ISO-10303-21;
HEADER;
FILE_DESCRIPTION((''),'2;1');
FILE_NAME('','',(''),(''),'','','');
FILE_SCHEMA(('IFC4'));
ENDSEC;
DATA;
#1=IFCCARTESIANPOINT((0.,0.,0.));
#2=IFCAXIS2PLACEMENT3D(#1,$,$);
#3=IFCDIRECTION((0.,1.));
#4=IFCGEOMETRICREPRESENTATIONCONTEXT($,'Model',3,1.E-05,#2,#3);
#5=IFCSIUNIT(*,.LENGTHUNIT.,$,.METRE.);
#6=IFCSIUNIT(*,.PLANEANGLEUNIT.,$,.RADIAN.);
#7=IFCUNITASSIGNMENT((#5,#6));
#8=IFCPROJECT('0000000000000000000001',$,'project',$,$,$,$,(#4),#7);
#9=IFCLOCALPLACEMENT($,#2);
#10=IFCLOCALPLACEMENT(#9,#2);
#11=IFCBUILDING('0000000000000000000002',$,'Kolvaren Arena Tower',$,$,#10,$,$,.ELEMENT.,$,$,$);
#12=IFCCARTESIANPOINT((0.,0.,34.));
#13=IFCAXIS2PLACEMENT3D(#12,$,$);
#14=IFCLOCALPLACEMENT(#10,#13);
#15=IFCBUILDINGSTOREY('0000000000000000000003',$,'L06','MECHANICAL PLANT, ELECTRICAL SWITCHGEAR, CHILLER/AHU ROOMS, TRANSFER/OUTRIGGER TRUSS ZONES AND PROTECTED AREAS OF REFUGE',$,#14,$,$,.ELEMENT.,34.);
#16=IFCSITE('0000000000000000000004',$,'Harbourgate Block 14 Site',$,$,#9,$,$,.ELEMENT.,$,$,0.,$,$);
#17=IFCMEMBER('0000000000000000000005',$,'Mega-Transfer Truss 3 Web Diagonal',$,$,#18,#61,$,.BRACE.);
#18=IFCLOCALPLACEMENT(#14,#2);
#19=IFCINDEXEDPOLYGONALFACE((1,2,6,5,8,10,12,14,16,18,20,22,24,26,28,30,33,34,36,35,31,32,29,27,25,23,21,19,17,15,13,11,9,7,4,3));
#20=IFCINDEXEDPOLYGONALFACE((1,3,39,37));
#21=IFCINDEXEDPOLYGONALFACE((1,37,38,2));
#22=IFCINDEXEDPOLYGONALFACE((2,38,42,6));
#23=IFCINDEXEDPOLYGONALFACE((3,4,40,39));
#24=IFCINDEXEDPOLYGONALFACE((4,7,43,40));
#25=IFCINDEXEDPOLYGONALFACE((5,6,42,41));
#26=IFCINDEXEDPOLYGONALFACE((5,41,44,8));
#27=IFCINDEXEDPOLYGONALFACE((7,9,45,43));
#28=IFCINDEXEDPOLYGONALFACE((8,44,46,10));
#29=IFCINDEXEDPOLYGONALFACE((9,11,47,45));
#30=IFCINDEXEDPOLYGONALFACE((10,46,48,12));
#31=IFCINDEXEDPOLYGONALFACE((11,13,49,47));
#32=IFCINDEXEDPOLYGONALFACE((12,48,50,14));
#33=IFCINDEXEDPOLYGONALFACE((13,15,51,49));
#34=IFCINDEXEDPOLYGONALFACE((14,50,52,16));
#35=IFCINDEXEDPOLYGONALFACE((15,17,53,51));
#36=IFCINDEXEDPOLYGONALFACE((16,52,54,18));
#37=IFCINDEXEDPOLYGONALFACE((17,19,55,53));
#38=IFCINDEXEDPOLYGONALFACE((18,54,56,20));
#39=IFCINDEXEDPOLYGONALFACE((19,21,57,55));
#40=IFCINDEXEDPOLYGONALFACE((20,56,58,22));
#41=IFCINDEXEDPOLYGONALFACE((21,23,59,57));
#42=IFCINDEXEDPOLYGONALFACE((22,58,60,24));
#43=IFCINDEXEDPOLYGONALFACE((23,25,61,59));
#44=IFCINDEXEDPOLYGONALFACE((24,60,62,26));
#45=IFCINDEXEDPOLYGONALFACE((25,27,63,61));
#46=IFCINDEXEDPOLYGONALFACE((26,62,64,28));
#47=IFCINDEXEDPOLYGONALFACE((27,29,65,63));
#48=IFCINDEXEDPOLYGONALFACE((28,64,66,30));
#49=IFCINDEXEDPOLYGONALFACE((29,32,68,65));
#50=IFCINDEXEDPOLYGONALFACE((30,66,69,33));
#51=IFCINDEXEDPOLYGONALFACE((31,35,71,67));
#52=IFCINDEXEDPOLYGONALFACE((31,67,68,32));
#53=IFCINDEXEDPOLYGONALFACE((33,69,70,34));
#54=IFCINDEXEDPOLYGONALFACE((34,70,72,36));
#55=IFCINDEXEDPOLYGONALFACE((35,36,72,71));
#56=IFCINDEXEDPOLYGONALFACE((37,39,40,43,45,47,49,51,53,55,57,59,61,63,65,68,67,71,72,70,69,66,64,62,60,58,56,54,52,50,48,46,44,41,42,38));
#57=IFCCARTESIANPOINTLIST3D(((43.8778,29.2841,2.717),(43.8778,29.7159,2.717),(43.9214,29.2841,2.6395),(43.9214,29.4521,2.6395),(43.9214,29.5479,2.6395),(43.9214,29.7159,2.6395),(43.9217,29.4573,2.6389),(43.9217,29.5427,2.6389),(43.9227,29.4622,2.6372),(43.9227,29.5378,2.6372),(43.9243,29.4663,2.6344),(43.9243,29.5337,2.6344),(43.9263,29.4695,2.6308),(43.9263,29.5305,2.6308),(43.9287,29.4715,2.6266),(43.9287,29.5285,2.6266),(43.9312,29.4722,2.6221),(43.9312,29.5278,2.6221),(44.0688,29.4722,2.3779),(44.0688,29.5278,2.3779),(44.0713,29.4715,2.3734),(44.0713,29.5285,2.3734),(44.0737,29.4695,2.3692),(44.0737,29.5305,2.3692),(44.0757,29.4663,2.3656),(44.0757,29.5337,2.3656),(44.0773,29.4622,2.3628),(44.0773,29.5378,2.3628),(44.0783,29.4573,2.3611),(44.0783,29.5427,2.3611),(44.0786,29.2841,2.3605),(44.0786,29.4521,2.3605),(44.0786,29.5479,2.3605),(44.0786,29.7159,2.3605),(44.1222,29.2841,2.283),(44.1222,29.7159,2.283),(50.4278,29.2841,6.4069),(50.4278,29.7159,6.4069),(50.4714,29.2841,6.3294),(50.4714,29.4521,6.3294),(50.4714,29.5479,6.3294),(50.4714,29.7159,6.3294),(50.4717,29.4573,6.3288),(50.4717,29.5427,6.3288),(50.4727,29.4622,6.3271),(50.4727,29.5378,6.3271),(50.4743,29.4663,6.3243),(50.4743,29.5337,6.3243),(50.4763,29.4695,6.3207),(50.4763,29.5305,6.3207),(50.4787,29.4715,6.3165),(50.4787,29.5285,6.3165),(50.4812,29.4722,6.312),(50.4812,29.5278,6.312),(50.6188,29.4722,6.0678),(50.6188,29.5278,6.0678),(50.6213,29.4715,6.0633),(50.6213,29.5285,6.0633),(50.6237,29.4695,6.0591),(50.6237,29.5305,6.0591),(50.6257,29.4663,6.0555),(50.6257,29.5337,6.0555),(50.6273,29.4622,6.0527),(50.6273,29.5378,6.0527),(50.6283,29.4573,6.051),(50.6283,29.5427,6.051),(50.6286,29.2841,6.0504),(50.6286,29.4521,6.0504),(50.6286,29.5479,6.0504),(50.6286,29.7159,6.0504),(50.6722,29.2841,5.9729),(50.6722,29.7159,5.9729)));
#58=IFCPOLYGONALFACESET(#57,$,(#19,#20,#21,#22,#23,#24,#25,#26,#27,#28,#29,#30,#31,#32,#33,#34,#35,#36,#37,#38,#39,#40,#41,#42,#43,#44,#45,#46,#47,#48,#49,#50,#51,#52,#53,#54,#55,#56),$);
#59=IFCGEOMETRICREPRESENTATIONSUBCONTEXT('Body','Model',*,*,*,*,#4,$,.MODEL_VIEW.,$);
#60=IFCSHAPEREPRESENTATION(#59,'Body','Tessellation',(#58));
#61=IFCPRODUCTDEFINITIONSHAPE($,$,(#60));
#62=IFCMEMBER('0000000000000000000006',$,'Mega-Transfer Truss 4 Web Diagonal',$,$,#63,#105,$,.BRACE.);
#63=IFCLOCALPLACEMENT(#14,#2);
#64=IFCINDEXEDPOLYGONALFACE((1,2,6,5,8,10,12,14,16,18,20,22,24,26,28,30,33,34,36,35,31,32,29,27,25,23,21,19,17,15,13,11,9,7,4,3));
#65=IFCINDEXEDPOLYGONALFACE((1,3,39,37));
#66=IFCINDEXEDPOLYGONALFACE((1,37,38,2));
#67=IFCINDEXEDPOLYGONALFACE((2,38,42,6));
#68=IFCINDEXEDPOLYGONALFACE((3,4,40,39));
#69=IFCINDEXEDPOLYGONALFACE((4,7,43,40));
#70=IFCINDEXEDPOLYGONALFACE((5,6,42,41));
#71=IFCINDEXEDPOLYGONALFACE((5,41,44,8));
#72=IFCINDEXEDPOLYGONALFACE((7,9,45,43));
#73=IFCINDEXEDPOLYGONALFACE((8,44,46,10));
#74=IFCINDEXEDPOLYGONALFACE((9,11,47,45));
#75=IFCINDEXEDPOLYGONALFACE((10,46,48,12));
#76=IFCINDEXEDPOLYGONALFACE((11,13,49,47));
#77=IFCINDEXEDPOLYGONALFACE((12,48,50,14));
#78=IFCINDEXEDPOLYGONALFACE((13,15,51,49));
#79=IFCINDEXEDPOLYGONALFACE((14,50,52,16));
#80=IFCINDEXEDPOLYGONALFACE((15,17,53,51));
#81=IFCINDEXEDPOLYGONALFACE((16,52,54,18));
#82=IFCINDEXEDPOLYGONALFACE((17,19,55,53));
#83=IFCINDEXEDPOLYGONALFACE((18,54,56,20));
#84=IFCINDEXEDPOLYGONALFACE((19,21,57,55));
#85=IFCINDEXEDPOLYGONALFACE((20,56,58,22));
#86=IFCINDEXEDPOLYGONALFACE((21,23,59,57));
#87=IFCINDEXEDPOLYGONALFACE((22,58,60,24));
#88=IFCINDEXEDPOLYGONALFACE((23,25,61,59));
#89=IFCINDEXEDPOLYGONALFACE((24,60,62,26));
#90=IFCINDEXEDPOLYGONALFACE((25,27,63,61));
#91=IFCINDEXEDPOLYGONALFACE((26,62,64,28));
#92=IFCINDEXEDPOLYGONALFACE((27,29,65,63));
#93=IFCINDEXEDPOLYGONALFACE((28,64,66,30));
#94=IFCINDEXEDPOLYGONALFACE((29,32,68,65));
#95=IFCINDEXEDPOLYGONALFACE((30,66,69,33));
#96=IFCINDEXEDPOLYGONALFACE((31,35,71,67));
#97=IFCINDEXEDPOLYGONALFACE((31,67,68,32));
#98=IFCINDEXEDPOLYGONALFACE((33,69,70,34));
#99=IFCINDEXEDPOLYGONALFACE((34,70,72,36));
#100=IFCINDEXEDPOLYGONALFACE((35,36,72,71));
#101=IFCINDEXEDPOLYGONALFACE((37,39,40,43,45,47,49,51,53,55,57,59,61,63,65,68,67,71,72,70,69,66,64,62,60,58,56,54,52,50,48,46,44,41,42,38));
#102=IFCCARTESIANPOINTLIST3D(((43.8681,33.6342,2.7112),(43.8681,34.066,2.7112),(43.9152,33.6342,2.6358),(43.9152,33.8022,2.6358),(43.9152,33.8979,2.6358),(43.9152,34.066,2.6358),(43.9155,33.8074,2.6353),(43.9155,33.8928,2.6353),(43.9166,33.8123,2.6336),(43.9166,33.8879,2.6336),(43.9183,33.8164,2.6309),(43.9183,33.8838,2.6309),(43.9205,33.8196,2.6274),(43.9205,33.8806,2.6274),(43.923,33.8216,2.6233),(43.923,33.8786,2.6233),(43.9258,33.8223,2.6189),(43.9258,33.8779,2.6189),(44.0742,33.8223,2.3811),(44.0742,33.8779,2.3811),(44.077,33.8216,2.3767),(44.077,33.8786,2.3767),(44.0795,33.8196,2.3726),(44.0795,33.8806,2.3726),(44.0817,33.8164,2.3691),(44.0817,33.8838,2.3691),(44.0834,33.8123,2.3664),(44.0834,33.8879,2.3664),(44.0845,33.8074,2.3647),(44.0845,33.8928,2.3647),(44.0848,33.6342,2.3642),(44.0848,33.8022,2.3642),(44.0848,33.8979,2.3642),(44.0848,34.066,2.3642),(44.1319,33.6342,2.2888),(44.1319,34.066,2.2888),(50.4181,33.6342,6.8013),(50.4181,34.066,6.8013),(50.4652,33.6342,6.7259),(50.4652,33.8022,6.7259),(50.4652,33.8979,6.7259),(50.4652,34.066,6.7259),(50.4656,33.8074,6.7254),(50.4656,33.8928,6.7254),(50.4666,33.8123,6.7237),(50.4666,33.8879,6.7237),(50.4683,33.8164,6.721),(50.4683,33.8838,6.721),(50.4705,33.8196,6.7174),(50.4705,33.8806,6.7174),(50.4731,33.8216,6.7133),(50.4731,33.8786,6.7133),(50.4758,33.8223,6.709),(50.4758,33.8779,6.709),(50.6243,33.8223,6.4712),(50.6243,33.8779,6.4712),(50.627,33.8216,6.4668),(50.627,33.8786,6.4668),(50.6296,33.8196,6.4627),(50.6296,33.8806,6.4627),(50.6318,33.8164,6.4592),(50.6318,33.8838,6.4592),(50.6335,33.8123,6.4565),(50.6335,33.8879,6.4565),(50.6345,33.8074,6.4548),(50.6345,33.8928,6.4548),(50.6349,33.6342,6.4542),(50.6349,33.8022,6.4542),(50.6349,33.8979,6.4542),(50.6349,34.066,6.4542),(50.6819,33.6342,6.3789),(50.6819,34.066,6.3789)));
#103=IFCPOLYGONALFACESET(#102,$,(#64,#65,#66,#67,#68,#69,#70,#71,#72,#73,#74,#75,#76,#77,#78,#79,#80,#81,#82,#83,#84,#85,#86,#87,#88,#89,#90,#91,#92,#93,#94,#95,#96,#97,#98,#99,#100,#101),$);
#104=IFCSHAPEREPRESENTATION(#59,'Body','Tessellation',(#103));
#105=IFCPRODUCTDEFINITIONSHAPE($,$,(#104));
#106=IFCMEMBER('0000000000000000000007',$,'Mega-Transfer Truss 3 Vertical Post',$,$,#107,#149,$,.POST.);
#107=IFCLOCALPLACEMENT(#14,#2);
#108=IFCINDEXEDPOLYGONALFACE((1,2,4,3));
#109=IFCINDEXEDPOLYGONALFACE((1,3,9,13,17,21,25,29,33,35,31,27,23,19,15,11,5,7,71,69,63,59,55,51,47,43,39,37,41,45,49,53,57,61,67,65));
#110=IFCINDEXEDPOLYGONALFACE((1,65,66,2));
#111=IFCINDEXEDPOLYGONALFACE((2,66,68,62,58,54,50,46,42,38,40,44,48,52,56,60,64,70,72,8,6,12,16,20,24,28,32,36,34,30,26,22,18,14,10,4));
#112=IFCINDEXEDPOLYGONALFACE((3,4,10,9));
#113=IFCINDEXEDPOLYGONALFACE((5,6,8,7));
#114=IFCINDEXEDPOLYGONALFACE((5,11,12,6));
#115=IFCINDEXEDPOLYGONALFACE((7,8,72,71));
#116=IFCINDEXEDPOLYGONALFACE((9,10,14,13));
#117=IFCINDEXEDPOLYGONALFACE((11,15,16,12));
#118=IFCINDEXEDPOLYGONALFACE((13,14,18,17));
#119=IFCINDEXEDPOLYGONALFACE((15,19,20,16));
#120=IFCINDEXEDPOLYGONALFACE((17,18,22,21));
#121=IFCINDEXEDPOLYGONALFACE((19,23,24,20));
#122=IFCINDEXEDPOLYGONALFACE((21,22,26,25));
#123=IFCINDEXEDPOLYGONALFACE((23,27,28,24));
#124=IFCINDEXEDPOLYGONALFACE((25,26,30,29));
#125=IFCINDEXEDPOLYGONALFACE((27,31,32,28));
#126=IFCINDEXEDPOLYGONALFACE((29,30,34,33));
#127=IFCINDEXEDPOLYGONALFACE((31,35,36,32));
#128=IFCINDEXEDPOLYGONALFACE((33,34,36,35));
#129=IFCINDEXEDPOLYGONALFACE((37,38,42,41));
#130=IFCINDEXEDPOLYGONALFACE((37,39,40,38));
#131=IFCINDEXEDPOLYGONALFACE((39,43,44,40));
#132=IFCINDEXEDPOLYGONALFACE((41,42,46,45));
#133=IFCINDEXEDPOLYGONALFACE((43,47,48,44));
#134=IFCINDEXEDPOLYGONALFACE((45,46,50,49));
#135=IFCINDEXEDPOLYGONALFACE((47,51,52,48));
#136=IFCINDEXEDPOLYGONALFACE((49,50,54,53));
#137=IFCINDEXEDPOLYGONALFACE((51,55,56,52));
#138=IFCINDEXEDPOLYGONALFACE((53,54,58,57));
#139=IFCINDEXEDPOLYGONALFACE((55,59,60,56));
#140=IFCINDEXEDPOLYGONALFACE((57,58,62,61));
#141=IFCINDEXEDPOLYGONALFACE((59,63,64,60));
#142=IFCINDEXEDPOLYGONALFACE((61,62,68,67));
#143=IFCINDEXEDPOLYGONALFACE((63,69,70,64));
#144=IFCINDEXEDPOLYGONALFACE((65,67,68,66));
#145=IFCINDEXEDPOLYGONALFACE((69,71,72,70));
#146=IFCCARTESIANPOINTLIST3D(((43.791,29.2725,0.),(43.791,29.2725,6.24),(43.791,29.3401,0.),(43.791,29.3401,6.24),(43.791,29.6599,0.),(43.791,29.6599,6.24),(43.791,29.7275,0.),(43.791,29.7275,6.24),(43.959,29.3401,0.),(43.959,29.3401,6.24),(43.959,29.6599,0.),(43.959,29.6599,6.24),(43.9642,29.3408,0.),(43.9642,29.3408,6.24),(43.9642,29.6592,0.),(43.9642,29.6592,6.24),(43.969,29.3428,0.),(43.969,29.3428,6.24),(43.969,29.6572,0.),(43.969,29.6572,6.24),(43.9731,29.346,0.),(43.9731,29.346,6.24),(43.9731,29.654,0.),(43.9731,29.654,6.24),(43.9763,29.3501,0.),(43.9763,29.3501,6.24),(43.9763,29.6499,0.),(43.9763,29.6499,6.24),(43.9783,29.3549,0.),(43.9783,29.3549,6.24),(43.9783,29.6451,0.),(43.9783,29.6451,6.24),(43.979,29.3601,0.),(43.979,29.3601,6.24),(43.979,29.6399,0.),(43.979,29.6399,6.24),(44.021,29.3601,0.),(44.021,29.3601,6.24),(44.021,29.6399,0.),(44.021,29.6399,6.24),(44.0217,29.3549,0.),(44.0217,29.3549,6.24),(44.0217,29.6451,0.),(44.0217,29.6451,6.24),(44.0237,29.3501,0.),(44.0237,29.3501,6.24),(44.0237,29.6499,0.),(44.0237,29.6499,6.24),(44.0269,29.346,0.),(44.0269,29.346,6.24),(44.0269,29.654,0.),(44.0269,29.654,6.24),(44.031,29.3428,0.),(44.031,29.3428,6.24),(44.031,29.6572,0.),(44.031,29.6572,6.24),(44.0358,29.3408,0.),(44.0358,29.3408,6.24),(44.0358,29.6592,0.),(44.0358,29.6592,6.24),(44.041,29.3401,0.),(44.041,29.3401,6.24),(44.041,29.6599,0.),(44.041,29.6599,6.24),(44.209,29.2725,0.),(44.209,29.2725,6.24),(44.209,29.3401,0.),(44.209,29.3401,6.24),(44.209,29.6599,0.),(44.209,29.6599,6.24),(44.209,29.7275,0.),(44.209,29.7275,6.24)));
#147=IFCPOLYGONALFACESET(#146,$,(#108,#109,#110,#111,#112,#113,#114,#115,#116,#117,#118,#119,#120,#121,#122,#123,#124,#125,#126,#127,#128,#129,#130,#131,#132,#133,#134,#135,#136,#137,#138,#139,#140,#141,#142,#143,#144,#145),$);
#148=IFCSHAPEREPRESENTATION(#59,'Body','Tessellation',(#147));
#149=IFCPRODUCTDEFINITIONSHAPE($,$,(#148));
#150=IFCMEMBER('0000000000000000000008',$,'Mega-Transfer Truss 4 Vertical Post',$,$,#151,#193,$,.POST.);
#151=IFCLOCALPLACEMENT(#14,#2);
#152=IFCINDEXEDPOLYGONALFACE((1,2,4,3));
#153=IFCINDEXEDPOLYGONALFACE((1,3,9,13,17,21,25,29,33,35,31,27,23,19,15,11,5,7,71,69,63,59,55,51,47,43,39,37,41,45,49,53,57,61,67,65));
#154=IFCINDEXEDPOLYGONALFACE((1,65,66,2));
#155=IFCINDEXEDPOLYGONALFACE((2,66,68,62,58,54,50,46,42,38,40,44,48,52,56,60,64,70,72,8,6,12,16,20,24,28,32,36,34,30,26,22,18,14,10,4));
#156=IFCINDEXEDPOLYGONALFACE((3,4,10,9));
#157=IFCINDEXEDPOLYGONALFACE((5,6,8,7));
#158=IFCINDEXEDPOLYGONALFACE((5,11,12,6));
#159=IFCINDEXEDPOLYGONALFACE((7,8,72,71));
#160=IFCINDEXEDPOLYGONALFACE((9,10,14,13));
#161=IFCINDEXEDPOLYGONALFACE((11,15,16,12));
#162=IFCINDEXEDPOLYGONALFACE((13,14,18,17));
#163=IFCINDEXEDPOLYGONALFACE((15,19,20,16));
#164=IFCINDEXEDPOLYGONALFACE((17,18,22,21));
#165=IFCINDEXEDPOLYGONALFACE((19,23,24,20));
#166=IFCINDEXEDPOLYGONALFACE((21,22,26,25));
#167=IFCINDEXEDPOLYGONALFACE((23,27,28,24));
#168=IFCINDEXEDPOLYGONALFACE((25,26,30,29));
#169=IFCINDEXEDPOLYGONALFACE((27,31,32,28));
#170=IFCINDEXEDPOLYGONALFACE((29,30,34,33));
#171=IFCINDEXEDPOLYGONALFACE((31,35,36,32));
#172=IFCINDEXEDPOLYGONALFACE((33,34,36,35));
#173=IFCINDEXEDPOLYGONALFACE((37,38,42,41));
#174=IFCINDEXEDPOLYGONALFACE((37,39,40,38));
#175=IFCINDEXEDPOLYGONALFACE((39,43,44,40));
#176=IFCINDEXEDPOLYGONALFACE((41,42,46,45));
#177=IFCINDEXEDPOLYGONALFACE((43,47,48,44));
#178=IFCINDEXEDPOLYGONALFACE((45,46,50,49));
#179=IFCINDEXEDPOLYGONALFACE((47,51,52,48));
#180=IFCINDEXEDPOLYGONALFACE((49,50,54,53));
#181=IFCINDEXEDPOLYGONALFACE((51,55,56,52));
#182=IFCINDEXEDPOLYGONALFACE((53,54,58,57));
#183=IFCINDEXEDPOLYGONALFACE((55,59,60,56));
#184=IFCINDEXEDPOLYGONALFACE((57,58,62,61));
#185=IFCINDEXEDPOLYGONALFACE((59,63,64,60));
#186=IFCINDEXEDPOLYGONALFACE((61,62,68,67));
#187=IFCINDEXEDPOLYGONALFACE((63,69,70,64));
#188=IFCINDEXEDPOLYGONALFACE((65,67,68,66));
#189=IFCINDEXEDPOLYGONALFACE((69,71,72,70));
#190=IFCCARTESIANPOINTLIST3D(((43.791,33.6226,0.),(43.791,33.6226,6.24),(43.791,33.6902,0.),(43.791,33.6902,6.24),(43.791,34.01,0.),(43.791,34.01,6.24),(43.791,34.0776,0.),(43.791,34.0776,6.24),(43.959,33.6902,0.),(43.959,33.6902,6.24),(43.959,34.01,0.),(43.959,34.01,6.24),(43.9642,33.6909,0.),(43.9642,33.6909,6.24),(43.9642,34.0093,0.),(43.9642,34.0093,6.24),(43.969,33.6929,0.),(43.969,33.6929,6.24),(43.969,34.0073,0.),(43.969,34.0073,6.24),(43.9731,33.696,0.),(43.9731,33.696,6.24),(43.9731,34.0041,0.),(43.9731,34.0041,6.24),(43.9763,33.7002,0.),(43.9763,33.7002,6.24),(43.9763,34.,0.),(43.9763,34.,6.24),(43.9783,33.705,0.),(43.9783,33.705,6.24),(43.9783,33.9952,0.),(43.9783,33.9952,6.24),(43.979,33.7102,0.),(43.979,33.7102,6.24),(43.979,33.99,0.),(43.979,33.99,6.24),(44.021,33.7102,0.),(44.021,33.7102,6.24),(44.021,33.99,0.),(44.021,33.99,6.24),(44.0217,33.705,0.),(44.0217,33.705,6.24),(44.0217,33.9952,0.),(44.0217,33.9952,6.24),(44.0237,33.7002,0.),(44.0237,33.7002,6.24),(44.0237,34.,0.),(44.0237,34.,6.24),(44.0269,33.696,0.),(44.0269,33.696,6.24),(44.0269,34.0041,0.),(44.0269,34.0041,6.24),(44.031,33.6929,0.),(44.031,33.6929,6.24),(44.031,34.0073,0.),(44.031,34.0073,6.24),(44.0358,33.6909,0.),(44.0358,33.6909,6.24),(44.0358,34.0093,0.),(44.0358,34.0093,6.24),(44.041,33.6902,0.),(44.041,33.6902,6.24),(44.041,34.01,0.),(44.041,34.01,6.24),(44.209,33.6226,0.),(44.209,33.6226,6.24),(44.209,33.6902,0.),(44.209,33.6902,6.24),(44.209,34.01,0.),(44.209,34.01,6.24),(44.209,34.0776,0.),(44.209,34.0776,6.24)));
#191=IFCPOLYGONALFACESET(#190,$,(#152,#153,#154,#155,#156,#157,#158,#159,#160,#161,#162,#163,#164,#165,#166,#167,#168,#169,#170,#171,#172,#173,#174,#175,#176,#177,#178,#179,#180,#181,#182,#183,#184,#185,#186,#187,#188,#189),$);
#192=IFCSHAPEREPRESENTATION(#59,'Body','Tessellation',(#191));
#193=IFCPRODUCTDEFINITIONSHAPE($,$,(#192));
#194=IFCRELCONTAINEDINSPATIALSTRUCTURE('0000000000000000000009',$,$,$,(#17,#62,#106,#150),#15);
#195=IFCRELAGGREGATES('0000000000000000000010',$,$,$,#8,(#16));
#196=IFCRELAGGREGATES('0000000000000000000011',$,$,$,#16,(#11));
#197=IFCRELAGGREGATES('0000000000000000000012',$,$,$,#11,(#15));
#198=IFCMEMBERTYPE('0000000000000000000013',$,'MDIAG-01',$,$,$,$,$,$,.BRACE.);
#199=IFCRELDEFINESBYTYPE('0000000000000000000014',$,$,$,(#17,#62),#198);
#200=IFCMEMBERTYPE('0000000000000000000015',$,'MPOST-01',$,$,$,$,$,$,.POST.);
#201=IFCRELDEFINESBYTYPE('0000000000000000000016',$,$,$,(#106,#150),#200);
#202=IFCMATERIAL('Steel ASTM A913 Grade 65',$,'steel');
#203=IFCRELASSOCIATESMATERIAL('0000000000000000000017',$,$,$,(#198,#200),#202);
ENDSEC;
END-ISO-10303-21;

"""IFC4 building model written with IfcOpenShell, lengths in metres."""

from ifc_helpers import new_model, si_unit, direction, frame, origin, origin_2d, place, context, subcontext, project, spatial, i_section, extrude, material, material_profile, profile_set, type_object, element, save


model = new_model("IFC4")

# Units and contexts
model_context = context("Model", 3, precision=1e-05, world=origin(), true_north=direction((0.0, 1.0)))
body_context = subcontext(model_context, "Body", "Model", "MODEL_VIEW")
ifc_project = project(units=[si_unit("LENGTHUNIT", "METRE"), si_unit("PLANEANGLEUNIT", "RADIAN")], contexts=[model_context])

# Site, building, storey
site_placement = place(None, origin())
site = spatial("IfcSite", under=ifc_project, at=site_placement, Name="Harbourgate Block 14 Site", CompositionType="ELEMENT", RefElevation=0.0)
building_placement = place(site_placement, origin())
building = spatial("IfcBuilding", under=site, at=building_placement, Name="Kolvaren Arena Tower", CompositionType="ELEMENT")
storey_placement = place(building_placement, frame((0.0, 0.0, 34.0)))
storey = spatial("IfcBuildingStorey", under=building, at=storey_placement, Name="L06", Description="MECHANICAL PLANT, ELECTRICAL SWITCHGEAR, CHILLER/AHU ROOMS, TRANSFER/OUTRIGGER TRUSS ZONES AND PROTECTED AREAS OF REFUGE", CompositionType="ELEMENT", Elevation=34.0)

# Shared definitions
ifc_material_1 = material(Name="Steel ASTM A913 Grade 65", Category="steel")

# Members
ifc_material_profile_1 = material_profile(ifc_material_1, i_section(OverallWidth=0.4319, OverallDepth=0.498, WebThickness=0.0557, FlangeThickness=0.0889, FilletRadius=0.02, at=origin_2d()), Name="W360x744")
ifc_profile_set_1 = profile_set([ifc_material_profile_1], Name="Steel ASTM A913 Grade 65")
member_type_1 = type_object("IfcMemberType", Name="MDIAG-01", PredefinedType="BRACE", material=ifc_profile_set_1)
member_1_placement = place(storey_placement, frame((44.0, 29.5, 2.5), z_axis=(0.871261, 0.0, 0.490821), x_axis=(0.0, 1.0, 0.0)))
element("IfcMember", 1, at=member_1_placement, inside=storey, type_object=member_type_1, Name="Mega-Transfer Truss 3 Web Diagonal", PredefinedType="BRACE", context=body_context, shape_type="SweptSolid", body=[
    extrude(i_section(OverallWidth=0.4319, OverallDepth=0.498, WebThickness=0.0557, FlangeThickness=0.0889, FilletRadius=0.02, at=origin_2d()), origin(), (0.0, 0.0, 1.0), 7.5178),
])
member_2_placement = place(storey_placement, frame((44.0, 33.8501, 2.5), z_axis=(0.848213, 0.0, 0.529655), x_axis=(0.0, 1.0, 0.0)))
element("IfcMember", 2, at=member_2_placement, inside=storey, type_object=member_type_1, Name="Mega-Transfer Truss 4 Web Diagonal", PredefinedType="BRACE", context=body_context, shape_type="SweptSolid", body=[
    extrude(i_section(OverallWidth=0.4319, OverallDepth=0.498, WebThickness=0.0557, FlangeThickness=0.0889, FilletRadius=0.02, at=origin_2d()), origin(), (0.0, 0.0, 1.0), 7.7222),
])
ifc_material_profile_2 = material_profile(ifc_material_1, i_section(OverallWidth=0.418, OverallDepth=0.4551, WebThickness=0.042, FlangeThickness=0.0676, FilletRadius=0.02, at=origin_2d()), Name="W360x551")
ifc_profile_set_2 = profile_set([ifc_material_profile_2], Name="Steel ASTM A913 Grade 65")
member_type_2 = type_object("IfcMemberType", Name="MPOST-01", PredefinedType="POST", material=ifc_profile_set_2)
for number, where, z_axis, x_axis, name in (
    (3, (44.0, 29.5, 0.0), (0.0, 0.0, 1.0), (1.0, 0.0, 0.0), "Mega-Transfer Truss 3 Vertical Post"),
    (4, (44.0, 33.8501, 0.0), (0.0, 0.0, 1.0), (1.0, 0.0, 0.0), "Mega-Transfer Truss 4 Vertical Post"),
):
    element("IfcMember", number, at=place(storey_placement, frame(where, z_axis=z_axis, x_axis=x_axis)), inside=storey, type_object=member_type_2, Name=name, PredefinedType="POST", context=body_context, shape_type="SweptSolid", body=[
        extrude(i_section(OverallWidth=0.418, OverallDepth=0.4551, WebThickness=0.042, FlangeThickness=0.0676, FilletRadius=0.02, at=origin_2d()), origin(), (0.0, 0.0, 1.0), 6.24),
    ])

save(model, "model.ifc")
